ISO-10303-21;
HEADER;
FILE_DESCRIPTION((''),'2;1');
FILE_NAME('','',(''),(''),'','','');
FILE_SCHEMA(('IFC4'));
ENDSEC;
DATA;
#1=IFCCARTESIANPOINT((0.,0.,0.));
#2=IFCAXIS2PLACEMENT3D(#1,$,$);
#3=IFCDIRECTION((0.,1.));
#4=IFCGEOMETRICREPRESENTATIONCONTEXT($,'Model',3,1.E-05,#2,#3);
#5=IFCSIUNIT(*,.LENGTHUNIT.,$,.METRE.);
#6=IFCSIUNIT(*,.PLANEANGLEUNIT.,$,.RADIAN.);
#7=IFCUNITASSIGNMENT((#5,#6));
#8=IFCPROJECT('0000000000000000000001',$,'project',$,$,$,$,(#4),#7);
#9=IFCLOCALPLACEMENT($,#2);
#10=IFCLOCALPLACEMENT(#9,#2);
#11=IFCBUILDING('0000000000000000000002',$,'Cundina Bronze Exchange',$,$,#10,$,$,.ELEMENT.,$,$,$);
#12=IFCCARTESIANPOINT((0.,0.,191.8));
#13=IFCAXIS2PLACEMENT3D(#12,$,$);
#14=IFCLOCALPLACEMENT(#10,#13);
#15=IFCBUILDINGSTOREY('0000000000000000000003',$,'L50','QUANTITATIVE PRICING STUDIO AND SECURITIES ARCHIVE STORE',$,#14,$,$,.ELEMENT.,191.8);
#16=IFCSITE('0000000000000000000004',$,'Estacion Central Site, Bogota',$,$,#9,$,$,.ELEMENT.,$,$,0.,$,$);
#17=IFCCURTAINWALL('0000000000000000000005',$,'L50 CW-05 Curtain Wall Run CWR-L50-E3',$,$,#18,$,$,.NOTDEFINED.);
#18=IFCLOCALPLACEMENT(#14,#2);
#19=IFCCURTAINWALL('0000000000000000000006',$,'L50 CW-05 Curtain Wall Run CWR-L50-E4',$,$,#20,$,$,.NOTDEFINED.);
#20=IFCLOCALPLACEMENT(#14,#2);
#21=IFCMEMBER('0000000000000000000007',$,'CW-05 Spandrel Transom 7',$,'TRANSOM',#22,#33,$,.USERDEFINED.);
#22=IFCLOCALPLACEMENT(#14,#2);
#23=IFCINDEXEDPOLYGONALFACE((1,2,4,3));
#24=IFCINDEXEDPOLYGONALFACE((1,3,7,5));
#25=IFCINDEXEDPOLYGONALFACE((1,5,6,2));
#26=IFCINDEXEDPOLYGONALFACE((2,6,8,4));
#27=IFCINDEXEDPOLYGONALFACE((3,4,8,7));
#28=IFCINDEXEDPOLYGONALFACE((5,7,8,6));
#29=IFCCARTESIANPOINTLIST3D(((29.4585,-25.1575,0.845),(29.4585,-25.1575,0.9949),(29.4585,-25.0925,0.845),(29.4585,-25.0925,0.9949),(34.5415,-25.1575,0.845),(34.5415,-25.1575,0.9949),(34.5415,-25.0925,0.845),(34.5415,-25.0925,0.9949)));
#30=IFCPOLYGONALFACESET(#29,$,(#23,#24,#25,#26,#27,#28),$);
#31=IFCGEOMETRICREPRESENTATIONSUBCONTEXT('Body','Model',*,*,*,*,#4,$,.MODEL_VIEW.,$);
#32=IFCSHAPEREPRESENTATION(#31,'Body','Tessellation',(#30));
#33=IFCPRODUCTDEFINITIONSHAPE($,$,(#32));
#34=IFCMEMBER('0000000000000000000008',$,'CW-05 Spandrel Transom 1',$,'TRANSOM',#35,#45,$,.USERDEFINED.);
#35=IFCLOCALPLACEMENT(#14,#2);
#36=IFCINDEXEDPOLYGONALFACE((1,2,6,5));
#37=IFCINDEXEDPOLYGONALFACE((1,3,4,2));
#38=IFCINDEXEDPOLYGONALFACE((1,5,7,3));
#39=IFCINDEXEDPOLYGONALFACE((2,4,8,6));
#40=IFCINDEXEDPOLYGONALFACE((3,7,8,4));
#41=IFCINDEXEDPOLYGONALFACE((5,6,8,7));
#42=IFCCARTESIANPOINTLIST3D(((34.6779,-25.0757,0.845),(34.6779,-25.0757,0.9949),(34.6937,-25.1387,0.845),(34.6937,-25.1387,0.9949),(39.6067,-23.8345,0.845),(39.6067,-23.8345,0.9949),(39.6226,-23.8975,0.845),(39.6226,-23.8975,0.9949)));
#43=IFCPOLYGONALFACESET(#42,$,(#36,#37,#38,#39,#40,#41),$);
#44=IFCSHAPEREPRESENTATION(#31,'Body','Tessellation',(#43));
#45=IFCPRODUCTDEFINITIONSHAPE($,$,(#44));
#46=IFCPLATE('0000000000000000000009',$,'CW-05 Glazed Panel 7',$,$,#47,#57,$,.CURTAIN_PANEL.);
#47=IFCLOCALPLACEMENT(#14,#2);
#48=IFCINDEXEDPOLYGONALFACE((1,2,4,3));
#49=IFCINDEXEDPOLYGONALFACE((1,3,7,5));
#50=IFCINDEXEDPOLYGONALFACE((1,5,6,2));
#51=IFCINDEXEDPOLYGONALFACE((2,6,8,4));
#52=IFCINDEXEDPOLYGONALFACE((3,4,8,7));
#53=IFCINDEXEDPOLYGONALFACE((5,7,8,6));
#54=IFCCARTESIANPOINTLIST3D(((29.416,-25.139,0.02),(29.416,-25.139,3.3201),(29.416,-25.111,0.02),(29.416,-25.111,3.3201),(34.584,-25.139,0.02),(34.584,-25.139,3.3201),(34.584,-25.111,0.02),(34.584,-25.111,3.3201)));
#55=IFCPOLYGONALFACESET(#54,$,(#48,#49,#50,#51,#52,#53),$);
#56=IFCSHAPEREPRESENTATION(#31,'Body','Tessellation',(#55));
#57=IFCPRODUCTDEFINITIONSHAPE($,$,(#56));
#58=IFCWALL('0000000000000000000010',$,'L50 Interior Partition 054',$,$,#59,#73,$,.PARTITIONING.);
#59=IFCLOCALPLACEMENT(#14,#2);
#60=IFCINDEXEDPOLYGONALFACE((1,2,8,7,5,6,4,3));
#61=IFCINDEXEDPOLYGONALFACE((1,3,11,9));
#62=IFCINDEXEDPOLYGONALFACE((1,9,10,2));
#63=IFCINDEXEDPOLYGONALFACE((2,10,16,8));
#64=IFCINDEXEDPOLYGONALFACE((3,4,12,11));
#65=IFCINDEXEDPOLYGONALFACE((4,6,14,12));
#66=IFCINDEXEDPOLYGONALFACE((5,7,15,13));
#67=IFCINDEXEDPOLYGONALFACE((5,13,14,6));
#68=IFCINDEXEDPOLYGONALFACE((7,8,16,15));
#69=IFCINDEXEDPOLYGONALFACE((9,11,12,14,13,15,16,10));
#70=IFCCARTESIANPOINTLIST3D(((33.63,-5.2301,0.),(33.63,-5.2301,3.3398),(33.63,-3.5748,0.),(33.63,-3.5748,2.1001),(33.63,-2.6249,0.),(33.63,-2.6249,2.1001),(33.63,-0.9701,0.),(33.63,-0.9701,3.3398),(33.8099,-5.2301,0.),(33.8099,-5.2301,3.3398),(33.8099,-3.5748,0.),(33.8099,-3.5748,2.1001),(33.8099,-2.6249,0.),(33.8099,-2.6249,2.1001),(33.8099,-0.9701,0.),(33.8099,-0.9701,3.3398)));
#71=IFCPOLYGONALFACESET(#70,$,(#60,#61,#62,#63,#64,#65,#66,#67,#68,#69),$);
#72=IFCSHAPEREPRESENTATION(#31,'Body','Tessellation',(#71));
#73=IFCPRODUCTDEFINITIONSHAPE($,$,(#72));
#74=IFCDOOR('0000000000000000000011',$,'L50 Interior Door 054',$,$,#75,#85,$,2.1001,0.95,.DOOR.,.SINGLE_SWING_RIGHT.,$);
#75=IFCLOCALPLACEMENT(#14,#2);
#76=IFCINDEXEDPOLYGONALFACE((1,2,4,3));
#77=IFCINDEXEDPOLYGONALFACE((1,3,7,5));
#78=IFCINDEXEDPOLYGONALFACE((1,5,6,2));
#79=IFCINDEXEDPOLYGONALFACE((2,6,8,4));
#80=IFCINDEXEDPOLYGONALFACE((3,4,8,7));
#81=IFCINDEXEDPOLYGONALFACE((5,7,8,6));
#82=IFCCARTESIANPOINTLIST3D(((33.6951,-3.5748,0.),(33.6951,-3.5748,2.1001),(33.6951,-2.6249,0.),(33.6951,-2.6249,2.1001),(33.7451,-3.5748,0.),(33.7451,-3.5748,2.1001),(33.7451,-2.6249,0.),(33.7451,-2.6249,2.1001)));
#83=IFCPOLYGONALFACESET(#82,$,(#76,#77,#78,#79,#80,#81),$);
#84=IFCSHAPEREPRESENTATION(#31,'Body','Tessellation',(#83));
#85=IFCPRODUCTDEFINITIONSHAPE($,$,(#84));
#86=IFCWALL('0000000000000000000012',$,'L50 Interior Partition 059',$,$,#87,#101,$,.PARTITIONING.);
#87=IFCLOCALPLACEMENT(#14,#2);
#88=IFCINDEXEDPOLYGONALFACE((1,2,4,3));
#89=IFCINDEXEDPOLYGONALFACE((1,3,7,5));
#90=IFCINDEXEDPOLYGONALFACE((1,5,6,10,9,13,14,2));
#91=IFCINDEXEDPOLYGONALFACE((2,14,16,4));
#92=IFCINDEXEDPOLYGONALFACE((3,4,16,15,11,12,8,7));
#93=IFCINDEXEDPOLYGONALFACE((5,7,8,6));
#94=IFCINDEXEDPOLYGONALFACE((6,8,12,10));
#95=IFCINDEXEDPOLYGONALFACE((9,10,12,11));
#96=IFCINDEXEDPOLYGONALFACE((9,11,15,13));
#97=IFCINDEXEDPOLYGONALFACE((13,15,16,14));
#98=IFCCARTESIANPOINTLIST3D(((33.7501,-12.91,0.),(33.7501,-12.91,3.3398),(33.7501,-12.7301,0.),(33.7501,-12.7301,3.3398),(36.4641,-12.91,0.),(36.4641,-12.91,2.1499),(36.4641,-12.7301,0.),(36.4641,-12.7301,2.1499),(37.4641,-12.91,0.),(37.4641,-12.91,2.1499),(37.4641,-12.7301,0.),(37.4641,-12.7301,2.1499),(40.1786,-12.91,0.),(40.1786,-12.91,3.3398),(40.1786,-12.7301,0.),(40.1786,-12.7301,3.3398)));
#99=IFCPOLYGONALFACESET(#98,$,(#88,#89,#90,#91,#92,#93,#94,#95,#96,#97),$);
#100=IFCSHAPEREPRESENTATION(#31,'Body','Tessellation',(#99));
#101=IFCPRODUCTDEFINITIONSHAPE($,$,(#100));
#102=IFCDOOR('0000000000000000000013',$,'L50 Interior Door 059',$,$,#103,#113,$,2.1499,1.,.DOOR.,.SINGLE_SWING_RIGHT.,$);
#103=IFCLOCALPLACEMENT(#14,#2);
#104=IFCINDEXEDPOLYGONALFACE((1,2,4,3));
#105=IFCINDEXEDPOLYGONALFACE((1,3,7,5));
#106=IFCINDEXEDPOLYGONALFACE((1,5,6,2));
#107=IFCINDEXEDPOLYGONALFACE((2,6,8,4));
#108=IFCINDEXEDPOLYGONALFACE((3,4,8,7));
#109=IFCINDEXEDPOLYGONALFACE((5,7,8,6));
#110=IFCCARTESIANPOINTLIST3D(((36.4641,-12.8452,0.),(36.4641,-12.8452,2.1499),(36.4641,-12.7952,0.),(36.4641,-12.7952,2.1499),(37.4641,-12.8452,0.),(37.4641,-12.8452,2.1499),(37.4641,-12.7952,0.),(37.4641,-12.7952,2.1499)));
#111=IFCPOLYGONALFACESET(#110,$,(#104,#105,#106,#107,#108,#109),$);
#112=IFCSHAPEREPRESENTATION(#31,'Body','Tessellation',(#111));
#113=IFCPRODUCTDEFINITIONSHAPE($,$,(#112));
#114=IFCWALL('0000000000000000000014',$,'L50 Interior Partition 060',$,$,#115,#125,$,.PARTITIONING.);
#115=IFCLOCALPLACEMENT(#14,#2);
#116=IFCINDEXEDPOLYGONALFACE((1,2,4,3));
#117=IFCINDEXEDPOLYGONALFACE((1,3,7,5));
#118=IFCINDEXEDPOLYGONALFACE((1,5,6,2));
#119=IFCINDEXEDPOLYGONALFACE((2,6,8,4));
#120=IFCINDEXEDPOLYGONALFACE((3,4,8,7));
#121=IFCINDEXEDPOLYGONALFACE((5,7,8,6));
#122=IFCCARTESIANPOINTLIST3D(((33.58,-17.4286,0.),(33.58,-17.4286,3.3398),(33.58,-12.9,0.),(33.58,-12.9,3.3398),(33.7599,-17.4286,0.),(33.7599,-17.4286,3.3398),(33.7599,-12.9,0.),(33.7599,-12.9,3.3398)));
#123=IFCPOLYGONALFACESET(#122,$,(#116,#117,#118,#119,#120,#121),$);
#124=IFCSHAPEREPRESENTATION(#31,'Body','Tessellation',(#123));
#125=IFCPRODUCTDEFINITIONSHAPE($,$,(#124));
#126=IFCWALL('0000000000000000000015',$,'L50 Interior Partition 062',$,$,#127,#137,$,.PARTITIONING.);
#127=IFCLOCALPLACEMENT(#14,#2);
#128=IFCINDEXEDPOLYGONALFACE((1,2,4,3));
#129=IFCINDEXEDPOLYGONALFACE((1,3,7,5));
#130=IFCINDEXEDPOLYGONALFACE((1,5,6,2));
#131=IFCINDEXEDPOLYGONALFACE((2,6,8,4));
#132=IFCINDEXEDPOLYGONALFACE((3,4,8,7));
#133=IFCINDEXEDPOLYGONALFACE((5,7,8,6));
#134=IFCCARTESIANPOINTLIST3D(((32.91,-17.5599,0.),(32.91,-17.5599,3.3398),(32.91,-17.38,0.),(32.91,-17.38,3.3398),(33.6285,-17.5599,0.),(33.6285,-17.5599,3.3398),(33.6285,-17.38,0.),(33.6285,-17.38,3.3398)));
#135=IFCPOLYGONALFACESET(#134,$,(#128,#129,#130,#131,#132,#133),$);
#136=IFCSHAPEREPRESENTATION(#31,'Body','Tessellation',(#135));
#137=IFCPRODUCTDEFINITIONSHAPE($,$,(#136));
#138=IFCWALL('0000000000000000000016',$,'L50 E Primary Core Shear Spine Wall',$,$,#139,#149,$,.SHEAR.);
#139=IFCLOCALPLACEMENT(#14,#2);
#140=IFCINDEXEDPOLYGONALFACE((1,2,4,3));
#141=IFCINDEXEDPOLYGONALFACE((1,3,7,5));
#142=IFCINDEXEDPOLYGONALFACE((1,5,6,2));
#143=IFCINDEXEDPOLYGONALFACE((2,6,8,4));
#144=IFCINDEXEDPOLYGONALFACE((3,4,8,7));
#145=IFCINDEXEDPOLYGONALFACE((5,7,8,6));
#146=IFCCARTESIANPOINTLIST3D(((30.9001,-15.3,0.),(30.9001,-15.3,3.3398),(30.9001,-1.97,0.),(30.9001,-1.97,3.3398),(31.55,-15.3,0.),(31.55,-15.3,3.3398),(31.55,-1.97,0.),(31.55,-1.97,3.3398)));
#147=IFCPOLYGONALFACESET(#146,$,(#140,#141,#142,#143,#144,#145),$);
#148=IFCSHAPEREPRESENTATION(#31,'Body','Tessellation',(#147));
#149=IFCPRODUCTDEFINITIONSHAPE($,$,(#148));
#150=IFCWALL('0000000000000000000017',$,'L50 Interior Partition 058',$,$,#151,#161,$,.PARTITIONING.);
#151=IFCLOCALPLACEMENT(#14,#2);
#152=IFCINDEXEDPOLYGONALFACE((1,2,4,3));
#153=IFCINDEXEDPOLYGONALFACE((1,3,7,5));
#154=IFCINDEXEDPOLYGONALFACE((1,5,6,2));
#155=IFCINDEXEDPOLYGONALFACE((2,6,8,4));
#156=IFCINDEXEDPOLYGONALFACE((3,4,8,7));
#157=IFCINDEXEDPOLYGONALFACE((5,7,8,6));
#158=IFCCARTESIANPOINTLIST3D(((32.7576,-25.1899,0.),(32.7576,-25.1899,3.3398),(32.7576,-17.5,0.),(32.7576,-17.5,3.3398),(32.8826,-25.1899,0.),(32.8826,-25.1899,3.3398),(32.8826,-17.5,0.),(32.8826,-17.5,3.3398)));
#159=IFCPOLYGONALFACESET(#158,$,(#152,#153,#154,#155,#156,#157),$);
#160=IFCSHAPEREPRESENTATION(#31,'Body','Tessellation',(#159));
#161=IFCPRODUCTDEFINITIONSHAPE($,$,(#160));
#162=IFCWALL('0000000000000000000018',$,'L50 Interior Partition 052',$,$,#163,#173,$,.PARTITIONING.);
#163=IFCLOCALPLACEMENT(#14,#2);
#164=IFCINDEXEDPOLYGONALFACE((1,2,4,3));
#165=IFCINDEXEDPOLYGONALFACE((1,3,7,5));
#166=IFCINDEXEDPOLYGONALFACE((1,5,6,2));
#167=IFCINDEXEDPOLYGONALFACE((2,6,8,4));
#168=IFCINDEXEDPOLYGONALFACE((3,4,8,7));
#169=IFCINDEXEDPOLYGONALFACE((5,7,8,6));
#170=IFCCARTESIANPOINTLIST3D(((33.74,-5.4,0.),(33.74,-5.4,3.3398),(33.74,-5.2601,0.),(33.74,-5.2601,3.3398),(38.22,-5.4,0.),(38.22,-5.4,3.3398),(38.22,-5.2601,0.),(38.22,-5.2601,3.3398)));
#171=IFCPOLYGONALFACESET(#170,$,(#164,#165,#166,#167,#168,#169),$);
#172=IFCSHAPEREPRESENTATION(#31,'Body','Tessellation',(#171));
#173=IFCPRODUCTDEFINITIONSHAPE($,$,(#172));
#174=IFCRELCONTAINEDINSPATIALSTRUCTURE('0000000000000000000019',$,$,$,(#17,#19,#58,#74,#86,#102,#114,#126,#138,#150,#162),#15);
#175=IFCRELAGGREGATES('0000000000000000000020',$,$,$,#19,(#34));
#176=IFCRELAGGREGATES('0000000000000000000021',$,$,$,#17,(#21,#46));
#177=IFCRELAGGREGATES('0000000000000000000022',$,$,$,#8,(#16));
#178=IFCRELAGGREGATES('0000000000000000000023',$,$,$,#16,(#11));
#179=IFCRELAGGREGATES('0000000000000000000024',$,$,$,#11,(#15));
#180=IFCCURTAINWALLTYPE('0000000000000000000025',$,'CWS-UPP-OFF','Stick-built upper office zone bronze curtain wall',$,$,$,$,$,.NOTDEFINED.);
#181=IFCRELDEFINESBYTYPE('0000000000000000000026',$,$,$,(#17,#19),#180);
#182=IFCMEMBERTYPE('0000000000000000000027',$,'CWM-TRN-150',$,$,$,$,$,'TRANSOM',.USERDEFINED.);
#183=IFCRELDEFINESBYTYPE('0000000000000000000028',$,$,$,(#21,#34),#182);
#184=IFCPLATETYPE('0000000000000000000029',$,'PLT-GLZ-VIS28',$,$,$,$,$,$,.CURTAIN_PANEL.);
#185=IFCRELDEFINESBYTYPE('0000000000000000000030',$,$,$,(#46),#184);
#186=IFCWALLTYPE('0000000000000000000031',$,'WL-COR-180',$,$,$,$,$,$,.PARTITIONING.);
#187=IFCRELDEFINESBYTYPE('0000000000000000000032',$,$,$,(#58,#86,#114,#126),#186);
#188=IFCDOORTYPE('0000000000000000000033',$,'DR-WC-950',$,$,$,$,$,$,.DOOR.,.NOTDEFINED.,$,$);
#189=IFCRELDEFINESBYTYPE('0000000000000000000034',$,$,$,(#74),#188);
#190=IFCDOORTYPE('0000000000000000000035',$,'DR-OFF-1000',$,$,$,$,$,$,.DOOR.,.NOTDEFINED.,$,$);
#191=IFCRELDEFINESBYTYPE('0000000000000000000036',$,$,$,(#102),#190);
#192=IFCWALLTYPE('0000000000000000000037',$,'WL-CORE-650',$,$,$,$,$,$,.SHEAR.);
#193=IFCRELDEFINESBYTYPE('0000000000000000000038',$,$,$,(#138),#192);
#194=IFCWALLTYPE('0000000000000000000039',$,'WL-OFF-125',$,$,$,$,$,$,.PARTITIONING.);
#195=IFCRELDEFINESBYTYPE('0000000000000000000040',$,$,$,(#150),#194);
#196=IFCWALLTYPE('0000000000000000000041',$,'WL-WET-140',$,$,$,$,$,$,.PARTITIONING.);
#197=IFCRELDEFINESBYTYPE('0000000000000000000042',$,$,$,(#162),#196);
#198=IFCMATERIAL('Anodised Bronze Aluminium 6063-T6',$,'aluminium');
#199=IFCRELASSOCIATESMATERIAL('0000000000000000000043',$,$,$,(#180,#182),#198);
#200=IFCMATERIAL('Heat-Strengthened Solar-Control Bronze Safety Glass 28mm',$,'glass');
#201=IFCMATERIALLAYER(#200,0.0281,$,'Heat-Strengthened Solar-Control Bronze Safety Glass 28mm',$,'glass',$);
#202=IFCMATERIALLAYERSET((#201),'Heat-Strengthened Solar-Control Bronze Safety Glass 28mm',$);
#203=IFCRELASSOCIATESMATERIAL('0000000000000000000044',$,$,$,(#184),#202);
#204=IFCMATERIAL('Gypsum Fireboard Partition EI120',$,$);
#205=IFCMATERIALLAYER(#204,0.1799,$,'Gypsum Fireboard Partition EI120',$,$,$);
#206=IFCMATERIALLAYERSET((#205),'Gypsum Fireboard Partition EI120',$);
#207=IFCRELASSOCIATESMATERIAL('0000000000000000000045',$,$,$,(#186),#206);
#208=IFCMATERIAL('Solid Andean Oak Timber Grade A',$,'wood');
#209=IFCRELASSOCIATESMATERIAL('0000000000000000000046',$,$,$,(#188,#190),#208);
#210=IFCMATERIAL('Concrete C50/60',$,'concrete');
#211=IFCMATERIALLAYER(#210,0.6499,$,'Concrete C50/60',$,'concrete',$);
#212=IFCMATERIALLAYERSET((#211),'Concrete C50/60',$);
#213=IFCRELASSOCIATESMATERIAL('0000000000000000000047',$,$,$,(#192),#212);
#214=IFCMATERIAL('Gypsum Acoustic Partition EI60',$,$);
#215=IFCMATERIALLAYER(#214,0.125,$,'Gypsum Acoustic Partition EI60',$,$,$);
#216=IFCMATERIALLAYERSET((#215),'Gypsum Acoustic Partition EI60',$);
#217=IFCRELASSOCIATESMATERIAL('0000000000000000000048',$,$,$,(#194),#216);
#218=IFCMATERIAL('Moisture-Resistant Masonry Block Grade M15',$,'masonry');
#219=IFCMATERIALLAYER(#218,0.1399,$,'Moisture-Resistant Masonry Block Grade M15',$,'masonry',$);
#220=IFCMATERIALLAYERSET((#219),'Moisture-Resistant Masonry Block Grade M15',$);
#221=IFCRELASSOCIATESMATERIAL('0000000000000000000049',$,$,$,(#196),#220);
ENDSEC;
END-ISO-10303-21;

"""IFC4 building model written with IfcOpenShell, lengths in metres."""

from ifc_helpers import new_model, si_unit, direction, frame, frame_2d, origin, origin_2d, place, context, subcontext, project, spatial, rectangle, extrude, material, layer, layer_set, material_profile, profile_set, type_object, element, fill, aggregate, save


model = new_model("IFC4")

# Units and contexts
model_context = context("Model", 3, precision=1e-05, world=origin(), true_north=direction((0.0, 1.0)))
body_context = subcontext(model_context, "Body", "Model", "MODEL_VIEW")
ifc_project = project(units=[si_unit("LENGTHUNIT", "METRE"), si_unit("PLANEANGLEUNIT", "RADIAN")], contexts=[model_context])

# Site, building, storey
site_placement = place(None, origin())
site = spatial("IfcSite", under=ifc_project, at=site_placement, Name="Estacion Central Site, Bogota", CompositionType="ELEMENT", RefElevation=0.0)
building_placement = place(site_placement, origin())
building = spatial("IfcBuilding", under=site, at=building_placement, Name="Cundina Bronze Exchange", CompositionType="ELEMENT")
storey_placement = place(building_placement, frame((0.0, 0.0, 191.8)))
storey = spatial("IfcBuildingStorey", under=building, at=storey_placement, Name="L50", Description="QUANTITATIVE PRICING STUDIO AND SECURITIES ARCHIVE STORE", CompositionType="ELEMENT", Elevation=191.8)

# Shared definitions
ifc_material_1 = material(Name="Concrete C50/60", Category="concrete")

# Curtain wall
ifc_material_2 = material(Name="Anodised Bronze Aluminium 6063-T6", Category="aluminium")
curtain_wall_type = type_object("IfcCurtainWallType", Name="CWS-UPP-OFF", Description="Stick-built upper office zone bronze curtain wall", PredefinedType="NOTDEFINED", material=ifc_material_2)
curtain_wall_1_placement = place(storey_placement, origin())
curtain_wall_1 = element("IfcCurtainWall", 1, at=curtain_wall_1_placement, inside=storey, type_object=curtain_wall_type, Name="L50 CW-05 Curtain Wall Run CWR-L50-E3", PredefinedType="NOTDEFINED")

# Curtain wall
curtain_wall_2_placement = place(storey_placement, origin())
curtain_wall_2 = element("IfcCurtainWall", 2, at=curtain_wall_2_placement, inside=storey, type_object=curtain_wall_type, Name="L50 CW-05 Curtain Wall Run CWR-L50-E4", PredefinedType="NOTDEFINED")

# Members
ifc_material_profile_1 = material_profile(ifc_material_2, rectangle(XDim=0.0649, YDim=0.1499, at=origin_2d()), Name="AL65X150", Category="aluminium")
ifc_profile_set_1 = profile_set([ifc_material_profile_1], Name="Anodised Bronze Aluminium 6063-T6")
member_type_1 = type_object("IfcMemberType", Name="CWM-TRN-150", ElementType="TRANSOM", PredefinedType="USERDEFINED", material=ifc_profile_set_1)
member_1_placement = place(storey_placement, frame((29.4585, -25.125, 0.9199), z_axis=(1.0, 0.0, 0.0), x_axis=(0.0, 1.0, 0.0)))
member_1 = element("IfcMember", 3, at=member_1_placement, type_object=member_type_1, Name="CW-05 Spandrel Transom 7", ObjectType="TRANSOM", PredefinedType="USERDEFINED", context=body_context, shape_type="SweptSolid", body=[
    extrude(rectangle(XDim=0.0649, YDim=0.1499, at=origin_2d()), origin(), (0.0, 0.0, 1.0), 5.083),
])
member_2_placement = place(storey_placement, frame((34.6858, -25.1072, 0.9199), z_axis=(0.969726, 0.244197, 0.0), x_axis=(-0.244197, 0.969726, 0.0)))
member_2 = element("IfcMember", 4, at=member_2_placement, type_object=member_type_1, Name="CW-05 Spandrel Transom 1", ObjectType="TRANSOM", PredefinedType="USERDEFINED", context=body_context, shape_type="SweptSolid", body=[
    extrude(rectangle(XDim=0.0649, YDim=0.1499, at=origin_2d()), origin(), (0.0, 0.0, 1.0), 5.0828),
])
aggregate(curtain_wall_2, [member_2])

# Plate
ifc_material_3 = material(Name="Heat-Strengthened Solar-Control Bronze Safety Glass 28mm", Category="glass")
ifc_layer_1 = layer(ifc_material_3, 0.0281, Name="Heat-Strengthened Solar-Control Bronze Safety Glass 28mm", Category="glass")
ifc_layer_set_1 = layer_set([ifc_layer_1], Name="Heat-Strengthened Solar-Control Bronze Safety Glass 28mm")
plate_type = type_object("IfcPlateType", Name="PLT-GLZ-VIS28", PredefinedType="CURTAIN_PANEL", material=ifc_layer_set_1)
plate_placement = place(storey_placement, frame((32.0, -25.125, 0.02), z_axis=(0.0, 0.0, 1.0), x_axis=(1.0, 0.0, 0.0)))
plate = element("IfcPlate", 5, at=plate_placement, type_object=plate_type, Name="CW-05 Glazed Panel 7", PredefinedType="CURTAIN_PANEL", context=body_context, shape_type="SweptSolid", body=[
    extrude(rectangle(XDim=5.168, YDim=0.0281, at=origin_2d()), origin(), (0.0, 0.0, 1.0), 3.3),
])
aggregate(curtain_wall_1, [member_1, plate])

# Walls, openings, doors
ifc_material_4 = material(Name="Gypsum Fireboard Partition EI120")
ifc_layer_2 = layer(ifc_material_4, 0.1799, Name="Gypsum Fireboard Partition EI120")
ifc_layer_set_2 = layer_set([ifc_layer_2], Name="Gypsum Fireboard Partition EI120")
wall_type_1 = type_object("IfcWallType", Name="WL-COR-180", PredefinedType="PARTITIONING", material=ifc_layer_set_2)
wall_1_placement = place(storey_placement, frame((33.72, -5.23, 0.0), z_axis=(0.0, 0.0, 1.0), x_axis=(0.0, 1.0, 0.0)))
wall_1 = element("IfcWall", 6, at=wall_1_placement, inside=storey, type_object=wall_type_1, Name="L50 Interior Partition 054", PredefinedType="PARTITIONING", context=body_context, shape_type="SweptSolid", body=[
    extrude(rectangle(XDim=4.26, YDim=0.1799, at=frame_2d((2.1299, 0.0))), origin(), (0.0, 0.0, 1.0), 3.3398),
])
opening_1_placement = place(wall_1_placement, frame((1.655, 0.0, 0.0)))
opening_1 = element("IfcOpeningElement", 7, at=opening_1_placement, cuts=wall_1, PredefinedType="OPENING", context=body_context, shape_type="SweptSolid", body=[
    extrude(rectangle(XDim=0.95, YDim=2.1001, at=frame_2d((0.4751, 1.05))), frame((0.0, 0.0999, 0.0), z_axis=(0.0, -1.0, 0.0), x_axis=(1.0, 0.0, 0.0)), (0.0, 0.0, 1.0), 0.2),
])
ifc_material_5 = material(Name="Solid Andean Oak Timber Grade A", Category="wood")
door_type_1 = type_object("IfcDoorType", Name="DR-WC-950", OperationType="NOTDEFINED", PredefinedType="DOOR", material=ifc_material_5)
door_1_placement = place(opening_1_placement, origin())
door_1 = element("IfcDoor", 8, at=door_1_placement, inside=storey, type_object=door_type_1, Name="L50 Interior Door 054", OperationType="SINGLE_SWING_RIGHT", OverallHeight=2.1001, OverallWidth=0.95, PredefinedType="DOOR", context=body_context, shape_type="SweptSolid", body=[
    extrude(rectangle(XDim=0.95, YDim=2.1001, at=frame_2d((0.4751, 1.05))), frame((0.0, 0.0249, 0.0), z_axis=(0.0, -1.0, 0.0), x_axis=(1.0, 0.0, 0.0)), (0.0, 0.0, 1.0), 0.05),
])
fill(opening_1, door_1)
door_type_2 = type_object("IfcDoorType", Name="DR-OFF-1000", OperationType="NOTDEFINED", PredefinedType="DOOR", material=ifc_material_5)
wall_2_placement = place(storey_placement, frame((33.75, -12.8201, 0.0), z_axis=(0.0, 0.0, 1.0), x_axis=(1.0, 0.0, 0.0)))
wall_2 = element("IfcWall", 9, at=wall_2_placement, inside=storey, type_object=wall_type_1, Name="L50 Interior Partition 059", PredefinedType="PARTITIONING", context=body_context, shape_type="SweptSolid", body=[
    extrude(rectangle(XDim=6.4285, YDim=0.1799, at=frame_2d((3.2144, 0.0))), origin(), (0.0, 0.0, 1.0), 3.3398),
])
opening_2_placement = place(wall_2_placement, frame((2.7141, 0.0, 0.0)))
opening_2 = element("IfcOpeningElement", 10, at=opening_2_placement, cuts=wall_2, PredefinedType="OPENING", context=body_context, shape_type="SweptSolid", body=[
    extrude(rectangle(XDim=1.0, YDim=2.1499, at=frame_2d((0.5, 1.075))), frame((0.0, 0.0999, 0.0), z_axis=(0.0, -1.0, 0.0), x_axis=(1.0, 0.0, 0.0)), (0.0, 0.0, 1.0), 0.2),
])
door_2_placement = place(opening_2_placement, origin())
door_2 = element("IfcDoor", 11, at=door_2_placement, inside=storey, type_object=door_type_2, Name="L50 Interior Door 059", OperationType="SINGLE_SWING_RIGHT", OverallHeight=2.1499, OverallWidth=1.0, PredefinedType="DOOR", context=body_context, shape_type="SweptSolid", body=[
    extrude(rectangle(XDim=1.0, YDim=2.1499, at=frame_2d((0.5, 1.075))), frame((0.0, 0.0249, 0.0), z_axis=(0.0, -1.0, 0.0), x_axis=(1.0, 0.0, 0.0)), (0.0, 0.0, 1.0), 0.05),
])
fill(opening_2, door_2)

# Walls
wall_3_placement = place(storey_placement, frame((33.6699, -17.4285, 0.0), z_axis=(0.0, 0.0, 1.0), x_axis=(0.0, 1.0, 0.0)))
element("IfcWall", 12, at=wall_3_placement, inside=storey, type_object=wall_type_1, Name="L50 Interior Partition 060", PredefinedType="PARTITIONING", context=body_context, shape_type="SweptSolid", body=[
    extrude(rectangle(XDim=4.5286, YDim=0.1799, at=frame_2d((2.2642, 0.0))), origin(), (0.0, 0.0, 1.0), 3.3398),
])
wall_4_placement = place(storey_placement, frame((32.9099, -17.47, 0.0), z_axis=(0.0, 0.0, 1.0), x_axis=(1.0, 0.0, 0.0)))
element("IfcWall", 13, at=wall_4_placement, inside=storey, type_object=wall_type_1, Name="L50 Interior Partition 062", PredefinedType="PARTITIONING", context=body_context, shape_type="SweptSolid", body=[
    extrude(rectangle(XDim=0.7185, YDim=0.1799, at=frame_2d((0.3594, 0.0))), origin(), (0.0, 0.0, 1.0), 3.3398),
])
ifc_layer_3 = layer(ifc_material_1, 0.6499, Name="Concrete C50/60", Category="concrete")
ifc_layer_set_3 = layer_set([ifc_layer_3], Name="Concrete C50/60")
wall_type_2 = type_object("IfcWallType", Name="WL-CORE-650", PredefinedType="SHEAR", material=ifc_layer_set_3)
wall_5_placement = place(storey_placement, frame((31.2251, -15.3, 0.0), z_axis=(0.0, 0.0, 1.0), x_axis=(0.0, 1.0, 0.0)))
element("IfcWall", 14, at=wall_5_placement, inside=storey, type_object=wall_type_2, Name="L50 E Primary Core Shear Spine Wall", PredefinedType="SHEAR", context=body_context, shape_type="SweptSolid", body=[
    extrude(rectangle(XDim=13.3301, YDim=0.6499, at=frame_2d((6.665, 0.0))), origin(), (0.0, 0.0, 1.0), 3.3398),
])
ifc_material_6 = material(Name="Gypsum Acoustic Partition EI60")
ifc_layer_4 = layer(ifc_material_6, 0.125, Name="Gypsum Acoustic Partition EI60")
ifc_layer_set_4 = layer_set([ifc_layer_4], Name="Gypsum Acoustic Partition EI60")
wall_type_3 = type_object("IfcWallType", Name="WL-OFF-125", PredefinedType="PARTITIONING", material=ifc_layer_set_4)
wall_6_placement = place(storey_placement, frame((32.8201, -25.1899, 0.0), z_axis=(0.0, 0.0, 1.0), x_axis=(0.0, 1.0, 0.0)))
element("IfcWall", 15, at=wall_6_placement, inside=storey, type_object=wall_type_3, Name="L50 Interior Partition 058", PredefinedType="PARTITIONING", context=body_context, shape_type="SweptSolid", body=[
    extrude(rectangle(XDim=7.6899, YDim=0.125, at=frame_2d((3.845, 0.0))), origin(), (0.0, 0.0, 1.0), 3.3398),
])
ifc_material_7 = material(Name="Moisture-Resistant Masonry Block Grade M15", Category="masonry")
ifc_layer_5 = layer(ifc_material_7, 0.1399, Name="Moisture-Resistant Masonry Block Grade M15", Category="masonry")
ifc_layer_set_5 = layer_set([ifc_layer_5], Name="Moisture-Resistant Masonry Block Grade M15")
wall_type_4 = type_object("IfcWallType", Name="WL-WET-140", PredefinedType="PARTITIONING", material=ifc_layer_set_5)
for number, where, z_axis, x_axis, name in (
    (16, (33.74, -5.3301, 0.0), (0.0, 0.0, 1.0), (1.0, 0.0, 0.0), "L50 Interior Partition 052"),
):
    element("IfcWall", number, at=place(storey_placement, frame(where, z_axis=z_axis, x_axis=x_axis)), inside=storey, type_object=wall_type_4, Name=name, PredefinedType="PARTITIONING", context=body_context, shape_type="SweptSolid", body=[
        extrude(rectangle(XDim=4.48, YDim=0.1399, at=frame_2d((2.24, 0.0))), origin(), (0.0, 0.0, 1.0), 3.3398),
    ])

save(model, "model.ifc")
